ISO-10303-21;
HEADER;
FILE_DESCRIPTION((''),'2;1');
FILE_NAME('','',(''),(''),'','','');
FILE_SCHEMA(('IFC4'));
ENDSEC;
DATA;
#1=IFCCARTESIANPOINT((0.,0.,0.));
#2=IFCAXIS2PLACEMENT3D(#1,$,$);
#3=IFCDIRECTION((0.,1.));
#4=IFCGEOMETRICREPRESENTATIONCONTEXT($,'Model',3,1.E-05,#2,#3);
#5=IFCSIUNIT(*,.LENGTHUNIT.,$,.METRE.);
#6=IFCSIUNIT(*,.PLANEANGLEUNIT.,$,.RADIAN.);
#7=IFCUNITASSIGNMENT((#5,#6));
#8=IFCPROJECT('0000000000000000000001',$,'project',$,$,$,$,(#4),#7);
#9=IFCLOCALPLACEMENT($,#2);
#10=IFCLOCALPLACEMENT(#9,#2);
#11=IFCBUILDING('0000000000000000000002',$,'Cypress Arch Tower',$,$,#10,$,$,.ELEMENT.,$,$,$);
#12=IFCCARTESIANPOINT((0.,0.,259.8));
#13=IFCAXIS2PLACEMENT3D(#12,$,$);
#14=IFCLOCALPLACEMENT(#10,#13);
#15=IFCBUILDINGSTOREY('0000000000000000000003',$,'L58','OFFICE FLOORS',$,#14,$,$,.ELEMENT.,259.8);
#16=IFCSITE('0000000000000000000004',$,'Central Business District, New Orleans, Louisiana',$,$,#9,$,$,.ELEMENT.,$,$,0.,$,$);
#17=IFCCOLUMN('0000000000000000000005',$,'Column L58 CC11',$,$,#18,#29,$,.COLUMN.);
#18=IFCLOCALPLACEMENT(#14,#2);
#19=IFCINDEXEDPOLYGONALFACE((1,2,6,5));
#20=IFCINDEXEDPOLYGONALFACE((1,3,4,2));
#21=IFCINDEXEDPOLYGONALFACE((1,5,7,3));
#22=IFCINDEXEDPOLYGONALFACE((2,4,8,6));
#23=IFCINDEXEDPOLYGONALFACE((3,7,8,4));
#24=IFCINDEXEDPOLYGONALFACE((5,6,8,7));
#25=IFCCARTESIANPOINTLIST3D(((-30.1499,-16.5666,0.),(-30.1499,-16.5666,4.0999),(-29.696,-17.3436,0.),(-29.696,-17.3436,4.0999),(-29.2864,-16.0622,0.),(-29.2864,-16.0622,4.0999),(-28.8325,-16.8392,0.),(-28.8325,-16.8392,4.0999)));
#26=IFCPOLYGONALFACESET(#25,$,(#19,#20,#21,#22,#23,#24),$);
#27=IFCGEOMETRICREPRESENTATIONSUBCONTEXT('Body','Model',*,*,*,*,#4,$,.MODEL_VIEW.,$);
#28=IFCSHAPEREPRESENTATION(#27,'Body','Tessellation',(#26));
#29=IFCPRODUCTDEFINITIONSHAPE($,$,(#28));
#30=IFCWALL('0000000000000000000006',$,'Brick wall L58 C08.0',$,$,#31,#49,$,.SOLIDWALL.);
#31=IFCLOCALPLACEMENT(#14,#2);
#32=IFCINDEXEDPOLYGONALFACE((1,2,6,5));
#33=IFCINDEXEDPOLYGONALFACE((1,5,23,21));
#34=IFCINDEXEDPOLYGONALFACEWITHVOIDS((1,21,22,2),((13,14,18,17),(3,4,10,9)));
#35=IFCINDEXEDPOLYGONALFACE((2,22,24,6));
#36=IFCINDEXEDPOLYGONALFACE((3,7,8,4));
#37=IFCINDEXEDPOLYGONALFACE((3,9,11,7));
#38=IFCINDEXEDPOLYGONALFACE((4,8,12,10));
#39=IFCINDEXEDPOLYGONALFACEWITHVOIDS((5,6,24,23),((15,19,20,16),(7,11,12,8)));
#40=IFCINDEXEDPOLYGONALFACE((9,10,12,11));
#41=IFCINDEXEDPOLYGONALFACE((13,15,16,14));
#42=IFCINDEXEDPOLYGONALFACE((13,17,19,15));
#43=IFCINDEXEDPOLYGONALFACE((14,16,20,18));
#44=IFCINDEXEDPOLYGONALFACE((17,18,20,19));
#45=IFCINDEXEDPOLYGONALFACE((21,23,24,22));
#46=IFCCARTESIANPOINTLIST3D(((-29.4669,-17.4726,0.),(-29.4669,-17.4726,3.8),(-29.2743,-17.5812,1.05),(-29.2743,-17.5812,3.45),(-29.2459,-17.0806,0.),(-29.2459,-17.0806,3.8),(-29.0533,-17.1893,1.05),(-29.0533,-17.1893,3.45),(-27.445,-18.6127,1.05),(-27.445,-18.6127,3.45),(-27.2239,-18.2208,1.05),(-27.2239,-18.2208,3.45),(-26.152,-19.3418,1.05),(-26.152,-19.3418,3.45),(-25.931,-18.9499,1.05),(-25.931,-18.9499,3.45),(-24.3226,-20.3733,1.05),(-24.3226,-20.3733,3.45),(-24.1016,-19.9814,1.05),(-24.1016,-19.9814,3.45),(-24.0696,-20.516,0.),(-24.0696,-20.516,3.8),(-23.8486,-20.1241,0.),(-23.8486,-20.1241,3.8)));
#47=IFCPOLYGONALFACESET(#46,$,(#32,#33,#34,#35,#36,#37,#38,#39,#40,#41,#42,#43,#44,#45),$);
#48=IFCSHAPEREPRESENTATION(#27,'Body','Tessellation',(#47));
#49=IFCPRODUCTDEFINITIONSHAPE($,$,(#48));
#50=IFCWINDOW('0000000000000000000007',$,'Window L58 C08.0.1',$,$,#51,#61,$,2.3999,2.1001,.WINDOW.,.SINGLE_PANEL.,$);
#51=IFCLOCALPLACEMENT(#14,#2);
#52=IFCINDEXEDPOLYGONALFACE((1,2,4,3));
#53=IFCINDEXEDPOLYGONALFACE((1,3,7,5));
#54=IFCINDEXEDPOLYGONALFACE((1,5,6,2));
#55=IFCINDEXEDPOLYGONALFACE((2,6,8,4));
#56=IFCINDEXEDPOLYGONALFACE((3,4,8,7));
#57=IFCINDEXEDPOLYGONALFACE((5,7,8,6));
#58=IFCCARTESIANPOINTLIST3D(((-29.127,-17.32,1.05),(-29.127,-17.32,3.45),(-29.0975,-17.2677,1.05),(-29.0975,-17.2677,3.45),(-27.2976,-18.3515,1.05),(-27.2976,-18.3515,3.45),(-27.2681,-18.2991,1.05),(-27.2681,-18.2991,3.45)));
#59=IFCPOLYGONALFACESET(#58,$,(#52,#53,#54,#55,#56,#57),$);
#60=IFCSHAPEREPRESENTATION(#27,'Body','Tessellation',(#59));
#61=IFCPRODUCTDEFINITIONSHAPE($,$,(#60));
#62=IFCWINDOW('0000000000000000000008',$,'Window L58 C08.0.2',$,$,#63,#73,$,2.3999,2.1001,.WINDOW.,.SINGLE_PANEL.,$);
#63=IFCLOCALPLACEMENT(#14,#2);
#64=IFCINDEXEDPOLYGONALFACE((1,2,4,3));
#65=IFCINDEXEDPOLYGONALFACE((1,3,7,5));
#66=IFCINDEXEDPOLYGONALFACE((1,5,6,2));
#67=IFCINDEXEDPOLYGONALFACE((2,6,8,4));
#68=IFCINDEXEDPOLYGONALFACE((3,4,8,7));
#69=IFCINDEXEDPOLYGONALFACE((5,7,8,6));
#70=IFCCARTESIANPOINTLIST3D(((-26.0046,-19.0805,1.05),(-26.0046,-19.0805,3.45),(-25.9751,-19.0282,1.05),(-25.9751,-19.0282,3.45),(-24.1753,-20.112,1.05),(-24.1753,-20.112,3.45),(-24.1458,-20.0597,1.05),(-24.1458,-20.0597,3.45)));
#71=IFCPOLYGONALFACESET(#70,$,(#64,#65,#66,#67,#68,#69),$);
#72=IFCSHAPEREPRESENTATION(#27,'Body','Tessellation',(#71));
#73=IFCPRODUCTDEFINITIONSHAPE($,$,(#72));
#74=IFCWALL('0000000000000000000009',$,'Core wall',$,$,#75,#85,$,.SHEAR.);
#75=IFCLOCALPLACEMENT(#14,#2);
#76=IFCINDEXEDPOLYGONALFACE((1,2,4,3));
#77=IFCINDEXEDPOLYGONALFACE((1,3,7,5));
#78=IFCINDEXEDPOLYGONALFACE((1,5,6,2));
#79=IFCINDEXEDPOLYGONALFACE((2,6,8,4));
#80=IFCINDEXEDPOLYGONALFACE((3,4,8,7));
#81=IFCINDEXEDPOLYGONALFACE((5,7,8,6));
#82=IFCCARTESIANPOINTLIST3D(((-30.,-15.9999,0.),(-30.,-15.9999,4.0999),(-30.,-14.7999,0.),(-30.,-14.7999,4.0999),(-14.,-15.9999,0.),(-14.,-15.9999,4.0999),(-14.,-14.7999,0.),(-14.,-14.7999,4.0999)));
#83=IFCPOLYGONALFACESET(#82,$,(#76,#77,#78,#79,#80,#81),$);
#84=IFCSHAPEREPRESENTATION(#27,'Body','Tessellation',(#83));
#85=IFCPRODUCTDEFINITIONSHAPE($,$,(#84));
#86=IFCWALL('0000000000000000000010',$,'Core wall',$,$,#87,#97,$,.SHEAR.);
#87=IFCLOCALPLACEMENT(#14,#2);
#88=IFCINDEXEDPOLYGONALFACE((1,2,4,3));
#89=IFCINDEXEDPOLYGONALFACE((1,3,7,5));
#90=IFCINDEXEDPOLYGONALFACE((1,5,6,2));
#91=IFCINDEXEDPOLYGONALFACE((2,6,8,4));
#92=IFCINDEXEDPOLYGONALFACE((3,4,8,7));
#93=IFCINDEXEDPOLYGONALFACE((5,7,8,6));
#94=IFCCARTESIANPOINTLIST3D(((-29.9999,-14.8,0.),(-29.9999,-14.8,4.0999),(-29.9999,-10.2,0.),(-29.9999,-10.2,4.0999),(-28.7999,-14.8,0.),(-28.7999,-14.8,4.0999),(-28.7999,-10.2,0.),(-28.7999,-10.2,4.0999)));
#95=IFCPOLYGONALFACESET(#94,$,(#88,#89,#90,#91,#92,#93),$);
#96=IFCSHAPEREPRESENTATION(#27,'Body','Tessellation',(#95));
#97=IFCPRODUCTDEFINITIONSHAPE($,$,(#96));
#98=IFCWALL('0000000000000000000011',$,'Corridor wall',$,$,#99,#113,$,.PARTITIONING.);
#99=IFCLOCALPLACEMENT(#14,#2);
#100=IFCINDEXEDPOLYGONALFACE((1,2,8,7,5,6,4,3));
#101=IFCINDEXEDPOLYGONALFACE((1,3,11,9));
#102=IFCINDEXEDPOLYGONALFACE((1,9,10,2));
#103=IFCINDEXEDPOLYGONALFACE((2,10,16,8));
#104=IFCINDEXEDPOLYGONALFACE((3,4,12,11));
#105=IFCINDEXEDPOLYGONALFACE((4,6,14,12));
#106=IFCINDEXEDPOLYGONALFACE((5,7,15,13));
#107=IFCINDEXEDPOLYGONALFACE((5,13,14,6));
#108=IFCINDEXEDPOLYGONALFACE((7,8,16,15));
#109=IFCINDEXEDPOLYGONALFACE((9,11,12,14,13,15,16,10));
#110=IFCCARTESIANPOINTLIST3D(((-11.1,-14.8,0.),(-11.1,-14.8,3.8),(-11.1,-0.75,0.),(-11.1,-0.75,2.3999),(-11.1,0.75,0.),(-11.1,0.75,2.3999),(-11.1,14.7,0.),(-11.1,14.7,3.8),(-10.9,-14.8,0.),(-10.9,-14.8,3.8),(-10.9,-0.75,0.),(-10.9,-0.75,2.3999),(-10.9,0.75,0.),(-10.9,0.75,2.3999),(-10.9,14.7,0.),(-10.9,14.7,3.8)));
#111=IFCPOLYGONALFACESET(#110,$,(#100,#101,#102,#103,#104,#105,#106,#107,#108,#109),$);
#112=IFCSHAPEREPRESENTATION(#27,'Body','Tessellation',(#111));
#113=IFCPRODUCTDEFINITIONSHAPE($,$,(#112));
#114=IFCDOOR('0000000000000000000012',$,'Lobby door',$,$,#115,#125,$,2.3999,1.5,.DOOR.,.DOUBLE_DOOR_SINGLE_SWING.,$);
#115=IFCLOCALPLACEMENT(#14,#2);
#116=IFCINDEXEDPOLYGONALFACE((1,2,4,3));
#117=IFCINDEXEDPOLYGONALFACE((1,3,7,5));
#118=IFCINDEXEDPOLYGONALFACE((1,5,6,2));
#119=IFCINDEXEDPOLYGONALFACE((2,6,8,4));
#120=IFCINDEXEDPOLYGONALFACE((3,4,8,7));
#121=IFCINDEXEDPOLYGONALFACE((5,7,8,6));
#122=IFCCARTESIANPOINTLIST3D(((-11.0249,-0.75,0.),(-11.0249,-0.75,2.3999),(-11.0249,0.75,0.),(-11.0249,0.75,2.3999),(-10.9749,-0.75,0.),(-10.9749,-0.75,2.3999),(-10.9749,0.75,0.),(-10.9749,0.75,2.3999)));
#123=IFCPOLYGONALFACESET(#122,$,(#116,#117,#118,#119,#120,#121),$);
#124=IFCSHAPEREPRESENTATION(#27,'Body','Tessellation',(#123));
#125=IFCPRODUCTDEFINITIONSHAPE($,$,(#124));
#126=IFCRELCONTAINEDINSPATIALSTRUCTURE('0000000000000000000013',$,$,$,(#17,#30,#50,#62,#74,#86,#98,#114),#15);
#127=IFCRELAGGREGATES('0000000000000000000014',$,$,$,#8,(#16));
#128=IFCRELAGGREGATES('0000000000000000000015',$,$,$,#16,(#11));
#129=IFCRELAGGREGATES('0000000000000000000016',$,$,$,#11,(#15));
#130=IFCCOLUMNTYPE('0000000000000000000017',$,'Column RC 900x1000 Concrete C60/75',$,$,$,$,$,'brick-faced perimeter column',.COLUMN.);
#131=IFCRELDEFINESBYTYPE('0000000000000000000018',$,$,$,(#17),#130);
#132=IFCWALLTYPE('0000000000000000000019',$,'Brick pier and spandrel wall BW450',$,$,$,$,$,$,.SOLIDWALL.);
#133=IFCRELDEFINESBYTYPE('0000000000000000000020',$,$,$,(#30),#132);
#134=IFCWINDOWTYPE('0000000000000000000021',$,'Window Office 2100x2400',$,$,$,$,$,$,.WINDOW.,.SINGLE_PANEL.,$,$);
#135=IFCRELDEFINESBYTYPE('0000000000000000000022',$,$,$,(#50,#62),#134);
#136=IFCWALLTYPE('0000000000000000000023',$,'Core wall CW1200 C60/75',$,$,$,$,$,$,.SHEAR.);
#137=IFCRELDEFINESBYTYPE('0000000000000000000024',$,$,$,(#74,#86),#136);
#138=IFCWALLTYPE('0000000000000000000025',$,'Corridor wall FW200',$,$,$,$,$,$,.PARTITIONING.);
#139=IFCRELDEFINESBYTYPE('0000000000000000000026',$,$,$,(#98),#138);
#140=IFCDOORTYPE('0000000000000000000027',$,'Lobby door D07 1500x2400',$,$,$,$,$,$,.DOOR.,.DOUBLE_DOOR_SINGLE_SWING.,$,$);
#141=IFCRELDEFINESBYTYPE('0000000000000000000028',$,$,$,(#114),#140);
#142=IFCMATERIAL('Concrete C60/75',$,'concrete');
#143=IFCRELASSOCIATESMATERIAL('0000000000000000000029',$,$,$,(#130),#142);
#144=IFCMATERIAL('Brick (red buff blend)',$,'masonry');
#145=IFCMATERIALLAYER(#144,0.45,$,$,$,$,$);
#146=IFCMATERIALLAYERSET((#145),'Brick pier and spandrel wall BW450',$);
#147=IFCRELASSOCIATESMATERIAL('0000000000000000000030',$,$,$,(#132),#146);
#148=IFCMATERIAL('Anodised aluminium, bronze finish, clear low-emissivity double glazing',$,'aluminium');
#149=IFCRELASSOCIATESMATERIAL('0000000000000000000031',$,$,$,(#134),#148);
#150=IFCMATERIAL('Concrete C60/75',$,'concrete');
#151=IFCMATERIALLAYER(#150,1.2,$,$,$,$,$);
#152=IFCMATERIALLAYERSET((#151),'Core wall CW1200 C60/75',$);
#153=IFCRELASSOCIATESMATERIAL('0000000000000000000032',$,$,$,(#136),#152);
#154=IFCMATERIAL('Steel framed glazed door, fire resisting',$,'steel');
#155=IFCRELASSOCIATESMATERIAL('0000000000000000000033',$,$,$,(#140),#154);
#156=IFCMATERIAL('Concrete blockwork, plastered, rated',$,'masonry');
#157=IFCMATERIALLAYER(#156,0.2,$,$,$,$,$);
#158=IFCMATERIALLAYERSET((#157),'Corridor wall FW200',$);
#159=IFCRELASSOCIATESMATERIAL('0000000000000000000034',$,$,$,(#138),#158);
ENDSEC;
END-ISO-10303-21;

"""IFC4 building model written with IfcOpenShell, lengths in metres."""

from ifc_helpers import new_model, si_unit, direction, frame, frame_2d, origin, origin_2d, place, context, subcontext, project, spatial, rectangle, extrude, material, layer, layer_set, material_profile, profile_set, type_object, element, fill, save


model = new_model("IFC4")

# Units and contexts
model_context = context("Model", 3, precision=1e-05, world=origin(), true_north=direction((0.0, 1.0)))
body_context = subcontext(model_context, "Body", "Model", "MODEL_VIEW")
ifc_project = project(units=[si_unit("LENGTHUNIT", "METRE"), si_unit("PLANEANGLEUNIT", "RADIAN")], contexts=[model_context])

# Site, building, storey
site_placement = place(None, origin())
site = spatial("IfcSite", under=ifc_project, at=site_placement, Name="Central Business District, New Orleans, Louisiana", CompositionType="ELEMENT", RefElevation=0.0)
building_placement = place(site_placement, origin())
building = spatial("IfcBuilding", under=site, at=building_placement, Name="Cypress Arch Tower", CompositionType="ELEMENT")
storey_placement = place(building_placement, frame((0.0, 0.0, 259.8)))
storey = spatial("IfcBuildingStorey", under=building, at=storey_placement, Name="L58", Description="OFFICE FLOORS", CompositionType="ELEMENT", Elevation=259.8)

# Column
ifc_material_1 = material(Name="Concrete C60/75", Category="concrete")
ifc_material_profile = material_profile(ifc_material_1, rectangle(XDim=0.8999, YDim=1.0, at=origin_2d()), Name="RC 900x1000")
ifc_profile_set = profile_set([ifc_material_profile], Name="Concrete C60/75")
column_type = type_object("IfcColumnType", Name="Column RC 900x1000 Concrete C60/75", ElementType="brick-faced perimeter column", PredefinedType="COLUMN", material=ifc_profile_set)
column_placement = place(storey_placement, frame((-29.4912, -16.7029, 0.0), z_axis=(0.0, 0.0, 1.0), x_axis=(0.504399, -0.863471, 0.0)))
element("IfcColumn", 1, at=column_placement, inside=storey, type_object=column_type, Name="Column L58 CC11", PredefinedType="COLUMN", context=body_context, shape_type="SweptSolid", body=[
    extrude(rectangle(XDim=0.8999, YDim=1.0, at=origin_2d()), origin(), (0.0, 0.0, 1.0), 4.0999),
])

# Wall, openings, windows
ifc_material_2 = material(Name="Brick (red buff blend)", Category="masonry")
ifc_layer_1 = layer(ifc_material_2, 0.45)
ifc_layer_set_1 = layer_set([ifc_layer_1], Name="Brick pier and spandrel wall BW450")
wall_type_1 = type_object("IfcWallType", Name="Brick pier and spandrel wall BW450", PredefinedType="SOLIDWALL", material=ifc_layer_set_1)
wall_1_placement = place(storey_placement, frame((-29.3564, -17.2766, 0.0), z_axis=(0.0, 0.0, 1.0), x_axis=(0.871066, -0.491166, 0.0)))
wall_1 = element("IfcWall", 2, at=wall_1_placement, inside=storey, type_object=wall_type_1, Name="Brick wall L58 C08.0", PredefinedType="SOLIDWALL", context=body_context, shape_type="SweptSolid", body=[
    extrude(rectangle(XDim=6.1963, YDim=0.45, at=frame_2d((3.0981, 0.0))), origin(), (0.0, 0.0, 1.0), 3.8),
])
opening_1_placement = place(wall_1_placement, frame((0.2212, 0.0, 1.05)))
opening_1 = element("IfcOpeningElement", 3, at=opening_1_placement, cuts=wall_1, PredefinedType="OPENING", context=body_context, shape_type="SweptSolid", body=[
    extrude(rectangle(XDim=2.1001, YDim=2.3999, at=frame_2d((1.05, 1.2))), frame((0.0, 0.2349, 0.0), z_axis=(0.0, -1.0, 0.0), x_axis=(1.0, 0.0, 0.0)), (0.0, 0.0, 1.0), 0.47),
])
opening_2_placement = place(wall_1_placement, frame((3.8057, 0.0, 1.05)))
opening_2 = element("IfcOpeningElement", 4, at=opening_2_placement, cuts=wall_1, PredefinedType="OPENING", context=body_context, shape_type="SweptSolid", body=[
    extrude(rectangle(XDim=2.1001, YDim=2.3999, at=frame_2d((1.05, 1.2))), frame((0.0, 0.2349, 0.0), z_axis=(0.0, -1.0, 0.0), x_axis=(1.0, 0.0, 0.0)), (0.0, 0.0, 1.0), 0.47),
])
ifc_material_3 = material(Name="Anodised aluminium, bronze finish, clear low-emissivity double glazing", Category="aluminium")
window_type = type_object("IfcWindowType", Name="Window Office 2100x2400", PartitioningType="SINGLE_PANEL", PredefinedType="WINDOW", material=ifc_material_3)
window_1_placement = place(opening_1_placement, origin())
window_1 = element("IfcWindow", 5, at=window_1_placement, inside=storey, type_object=window_type, Name="Window L58 C08.0.1", OverallHeight=2.3999, OverallWidth=2.1001, PartitioningType="SINGLE_PANEL", PredefinedType="WINDOW", context=body_context, shape_type="SweptSolid", body=[
    extrude(rectangle(XDim=2.1001, YDim=2.3999, at=frame_2d((1.05, 1.2))), frame((0.0, 0.135, 0.0), z_axis=(0.0, -1.0, 0.0), x_axis=(1.0, 0.0, 0.0)), (0.0, 0.0, 1.0), 0.0601),
])
fill(opening_1, window_1)
window_2_placement = place(opening_2_placement, origin())
window_2 = element("IfcWindow", 6, at=window_2_placement, inside=storey, type_object=window_type, Name="Window L58 C08.0.2", OverallHeight=2.3999, OverallWidth=2.1001, PartitioningType="SINGLE_PANEL", PredefinedType="WINDOW", context=body_context, shape_type="SweptSolid", body=[
    extrude(rectangle(XDim=2.1001, YDim=2.3999, at=frame_2d((1.05, 1.2))), frame((0.0, 0.135, 0.0), z_axis=(0.0, -1.0, 0.0), x_axis=(1.0, 0.0, 0.0)), (0.0, 0.0, 1.0), 0.0601),
])
fill(opening_2, window_2)

# Walls
ifc_material_4 = material(Name="Concrete C60/75", Category="concrete")
ifc_layer_2 = layer(ifc_material_4, 1.2)
ifc_layer_set_2 = layer_set([ifc_layer_2], Name="Core wall CW1200 C60/75")
wall_type_2 = type_object("IfcWallType", Name="Core wall CW1200 C60/75", PredefinedType="SHEAR", material=ifc_layer_set_2)
wall_2_placement = place(storey_placement, frame((-30.0, -15.3999, 0.0), z_axis=(0.0, 0.0, 1.0), x_axis=(1.0, 0.0, 0.0)))
element("IfcWall", 7, at=wall_2_placement, inside=storey, type_object=wall_type_2, Name="Core wall", PredefinedType="SHEAR", context=body_context, shape_type="SweptSolid", body=[
    extrude(rectangle(XDim=16.0, YDim=1.2, at=frame_2d((8.0, 0.0))), origin(), (0.0, 0.0, 1.0), 4.0999),
])
wall_3_placement = place(storey_placement, frame((-29.3999, -14.8, 0.0), z_axis=(0.0, 0.0, 1.0), x_axis=(0.0, 1.0, 0.0)))
element("IfcWall", 8, at=wall_3_placement, inside=storey, type_object=wall_type_2, Name="Core wall", PredefinedType="SHEAR", context=body_context, shape_type="SweptSolid", body=[
    extrude(rectangle(XDim=4.6001, YDim=1.2, at=frame_2d((2.3, 0.0))), origin(), (0.0, 0.0, 1.0), 4.0999),
])

# Shared definitions
ifc_material_5 = material(Name="Steel framed glazed door, fire resisting", Category="steel")
door_type_1 = type_object("IfcDoorType", Name="Lobby door D07 1500x2400", OperationType="DOUBLE_DOOR_SINGLE_SWING", PredefinedType="DOOR", material=ifc_material_5)

# Shared definitions
ifc_material_6 = material(Name="Concrete blockwork, plastered, rated", Category="masonry")
ifc_layer_3 = layer(ifc_material_6, 0.2)
ifc_layer_set_3 = layer_set([ifc_layer_3], Name="Corridor wall FW200")
wall_type_3 = type_object("IfcWallType", Name="Corridor wall FW200", PredefinedType="PARTITIONING", material=ifc_layer_set_3)

# Wall, opening, door
wall_4_placement = place(storey_placement, frame((-11.0, -14.8, 0.0), z_axis=(0.0, 0.0, 1.0), x_axis=(0.0, 1.0, 0.0)))
wall_4 = element("IfcWall", 9, at=wall_4_placement, inside=storey, type_object=wall_type_3, Name="Corridor wall", PredefinedType="PARTITIONING", context=body_context, shape_type="SweptSolid", body=[
    extrude(rectangle(XDim=29.5, YDim=0.2, at=frame_2d((14.75, 0.0))), origin(), (0.0, 0.0, 1.0), 3.8),
])
opening_3_placement = place(wall_4_placement, frame((14.05, 0.0, 0.0)))
opening_3 = element("IfcOpeningElement", 10, at=opening_3_placement, cuts=wall_4, PredefinedType="OPENING", context=body_context, shape_type="SweptSolid", body=[
    extrude(rectangle(XDim=1.5, YDim=2.3999, at=frame_2d((0.75, 1.2))), frame((0.0, 0.1099, 0.0), z_axis=(0.0, -1.0, 0.0), x_axis=(1.0, 0.0, 0.0)), (0.0, 0.0, 1.0), 0.22),
])
door_1_placement = place(opening_3_placement, origin())
door_1 = element("IfcDoor", 11, at=door_1_placement, inside=storey, type_object=door_type_1, Name="Lobby door", OperationType="DOUBLE_DOOR_SINGLE_SWING", OverallHeight=2.3999, OverallWidth=1.5, PredefinedType="DOOR", context=body_context, shape_type="SweptSolid", body=[
    extrude(rectangle(XDim=1.5, YDim=2.3999, at=frame_2d((0.75, 1.2))), frame((0.0, 0.0249, 0.0), z_axis=(0.0, -1.0, 0.0), x_axis=(1.0, 0.0, 0.0)), (0.0, 0.0, 1.0), 0.05),
])
fill(opening_3, door_1)

save(model, "model.ifc")
